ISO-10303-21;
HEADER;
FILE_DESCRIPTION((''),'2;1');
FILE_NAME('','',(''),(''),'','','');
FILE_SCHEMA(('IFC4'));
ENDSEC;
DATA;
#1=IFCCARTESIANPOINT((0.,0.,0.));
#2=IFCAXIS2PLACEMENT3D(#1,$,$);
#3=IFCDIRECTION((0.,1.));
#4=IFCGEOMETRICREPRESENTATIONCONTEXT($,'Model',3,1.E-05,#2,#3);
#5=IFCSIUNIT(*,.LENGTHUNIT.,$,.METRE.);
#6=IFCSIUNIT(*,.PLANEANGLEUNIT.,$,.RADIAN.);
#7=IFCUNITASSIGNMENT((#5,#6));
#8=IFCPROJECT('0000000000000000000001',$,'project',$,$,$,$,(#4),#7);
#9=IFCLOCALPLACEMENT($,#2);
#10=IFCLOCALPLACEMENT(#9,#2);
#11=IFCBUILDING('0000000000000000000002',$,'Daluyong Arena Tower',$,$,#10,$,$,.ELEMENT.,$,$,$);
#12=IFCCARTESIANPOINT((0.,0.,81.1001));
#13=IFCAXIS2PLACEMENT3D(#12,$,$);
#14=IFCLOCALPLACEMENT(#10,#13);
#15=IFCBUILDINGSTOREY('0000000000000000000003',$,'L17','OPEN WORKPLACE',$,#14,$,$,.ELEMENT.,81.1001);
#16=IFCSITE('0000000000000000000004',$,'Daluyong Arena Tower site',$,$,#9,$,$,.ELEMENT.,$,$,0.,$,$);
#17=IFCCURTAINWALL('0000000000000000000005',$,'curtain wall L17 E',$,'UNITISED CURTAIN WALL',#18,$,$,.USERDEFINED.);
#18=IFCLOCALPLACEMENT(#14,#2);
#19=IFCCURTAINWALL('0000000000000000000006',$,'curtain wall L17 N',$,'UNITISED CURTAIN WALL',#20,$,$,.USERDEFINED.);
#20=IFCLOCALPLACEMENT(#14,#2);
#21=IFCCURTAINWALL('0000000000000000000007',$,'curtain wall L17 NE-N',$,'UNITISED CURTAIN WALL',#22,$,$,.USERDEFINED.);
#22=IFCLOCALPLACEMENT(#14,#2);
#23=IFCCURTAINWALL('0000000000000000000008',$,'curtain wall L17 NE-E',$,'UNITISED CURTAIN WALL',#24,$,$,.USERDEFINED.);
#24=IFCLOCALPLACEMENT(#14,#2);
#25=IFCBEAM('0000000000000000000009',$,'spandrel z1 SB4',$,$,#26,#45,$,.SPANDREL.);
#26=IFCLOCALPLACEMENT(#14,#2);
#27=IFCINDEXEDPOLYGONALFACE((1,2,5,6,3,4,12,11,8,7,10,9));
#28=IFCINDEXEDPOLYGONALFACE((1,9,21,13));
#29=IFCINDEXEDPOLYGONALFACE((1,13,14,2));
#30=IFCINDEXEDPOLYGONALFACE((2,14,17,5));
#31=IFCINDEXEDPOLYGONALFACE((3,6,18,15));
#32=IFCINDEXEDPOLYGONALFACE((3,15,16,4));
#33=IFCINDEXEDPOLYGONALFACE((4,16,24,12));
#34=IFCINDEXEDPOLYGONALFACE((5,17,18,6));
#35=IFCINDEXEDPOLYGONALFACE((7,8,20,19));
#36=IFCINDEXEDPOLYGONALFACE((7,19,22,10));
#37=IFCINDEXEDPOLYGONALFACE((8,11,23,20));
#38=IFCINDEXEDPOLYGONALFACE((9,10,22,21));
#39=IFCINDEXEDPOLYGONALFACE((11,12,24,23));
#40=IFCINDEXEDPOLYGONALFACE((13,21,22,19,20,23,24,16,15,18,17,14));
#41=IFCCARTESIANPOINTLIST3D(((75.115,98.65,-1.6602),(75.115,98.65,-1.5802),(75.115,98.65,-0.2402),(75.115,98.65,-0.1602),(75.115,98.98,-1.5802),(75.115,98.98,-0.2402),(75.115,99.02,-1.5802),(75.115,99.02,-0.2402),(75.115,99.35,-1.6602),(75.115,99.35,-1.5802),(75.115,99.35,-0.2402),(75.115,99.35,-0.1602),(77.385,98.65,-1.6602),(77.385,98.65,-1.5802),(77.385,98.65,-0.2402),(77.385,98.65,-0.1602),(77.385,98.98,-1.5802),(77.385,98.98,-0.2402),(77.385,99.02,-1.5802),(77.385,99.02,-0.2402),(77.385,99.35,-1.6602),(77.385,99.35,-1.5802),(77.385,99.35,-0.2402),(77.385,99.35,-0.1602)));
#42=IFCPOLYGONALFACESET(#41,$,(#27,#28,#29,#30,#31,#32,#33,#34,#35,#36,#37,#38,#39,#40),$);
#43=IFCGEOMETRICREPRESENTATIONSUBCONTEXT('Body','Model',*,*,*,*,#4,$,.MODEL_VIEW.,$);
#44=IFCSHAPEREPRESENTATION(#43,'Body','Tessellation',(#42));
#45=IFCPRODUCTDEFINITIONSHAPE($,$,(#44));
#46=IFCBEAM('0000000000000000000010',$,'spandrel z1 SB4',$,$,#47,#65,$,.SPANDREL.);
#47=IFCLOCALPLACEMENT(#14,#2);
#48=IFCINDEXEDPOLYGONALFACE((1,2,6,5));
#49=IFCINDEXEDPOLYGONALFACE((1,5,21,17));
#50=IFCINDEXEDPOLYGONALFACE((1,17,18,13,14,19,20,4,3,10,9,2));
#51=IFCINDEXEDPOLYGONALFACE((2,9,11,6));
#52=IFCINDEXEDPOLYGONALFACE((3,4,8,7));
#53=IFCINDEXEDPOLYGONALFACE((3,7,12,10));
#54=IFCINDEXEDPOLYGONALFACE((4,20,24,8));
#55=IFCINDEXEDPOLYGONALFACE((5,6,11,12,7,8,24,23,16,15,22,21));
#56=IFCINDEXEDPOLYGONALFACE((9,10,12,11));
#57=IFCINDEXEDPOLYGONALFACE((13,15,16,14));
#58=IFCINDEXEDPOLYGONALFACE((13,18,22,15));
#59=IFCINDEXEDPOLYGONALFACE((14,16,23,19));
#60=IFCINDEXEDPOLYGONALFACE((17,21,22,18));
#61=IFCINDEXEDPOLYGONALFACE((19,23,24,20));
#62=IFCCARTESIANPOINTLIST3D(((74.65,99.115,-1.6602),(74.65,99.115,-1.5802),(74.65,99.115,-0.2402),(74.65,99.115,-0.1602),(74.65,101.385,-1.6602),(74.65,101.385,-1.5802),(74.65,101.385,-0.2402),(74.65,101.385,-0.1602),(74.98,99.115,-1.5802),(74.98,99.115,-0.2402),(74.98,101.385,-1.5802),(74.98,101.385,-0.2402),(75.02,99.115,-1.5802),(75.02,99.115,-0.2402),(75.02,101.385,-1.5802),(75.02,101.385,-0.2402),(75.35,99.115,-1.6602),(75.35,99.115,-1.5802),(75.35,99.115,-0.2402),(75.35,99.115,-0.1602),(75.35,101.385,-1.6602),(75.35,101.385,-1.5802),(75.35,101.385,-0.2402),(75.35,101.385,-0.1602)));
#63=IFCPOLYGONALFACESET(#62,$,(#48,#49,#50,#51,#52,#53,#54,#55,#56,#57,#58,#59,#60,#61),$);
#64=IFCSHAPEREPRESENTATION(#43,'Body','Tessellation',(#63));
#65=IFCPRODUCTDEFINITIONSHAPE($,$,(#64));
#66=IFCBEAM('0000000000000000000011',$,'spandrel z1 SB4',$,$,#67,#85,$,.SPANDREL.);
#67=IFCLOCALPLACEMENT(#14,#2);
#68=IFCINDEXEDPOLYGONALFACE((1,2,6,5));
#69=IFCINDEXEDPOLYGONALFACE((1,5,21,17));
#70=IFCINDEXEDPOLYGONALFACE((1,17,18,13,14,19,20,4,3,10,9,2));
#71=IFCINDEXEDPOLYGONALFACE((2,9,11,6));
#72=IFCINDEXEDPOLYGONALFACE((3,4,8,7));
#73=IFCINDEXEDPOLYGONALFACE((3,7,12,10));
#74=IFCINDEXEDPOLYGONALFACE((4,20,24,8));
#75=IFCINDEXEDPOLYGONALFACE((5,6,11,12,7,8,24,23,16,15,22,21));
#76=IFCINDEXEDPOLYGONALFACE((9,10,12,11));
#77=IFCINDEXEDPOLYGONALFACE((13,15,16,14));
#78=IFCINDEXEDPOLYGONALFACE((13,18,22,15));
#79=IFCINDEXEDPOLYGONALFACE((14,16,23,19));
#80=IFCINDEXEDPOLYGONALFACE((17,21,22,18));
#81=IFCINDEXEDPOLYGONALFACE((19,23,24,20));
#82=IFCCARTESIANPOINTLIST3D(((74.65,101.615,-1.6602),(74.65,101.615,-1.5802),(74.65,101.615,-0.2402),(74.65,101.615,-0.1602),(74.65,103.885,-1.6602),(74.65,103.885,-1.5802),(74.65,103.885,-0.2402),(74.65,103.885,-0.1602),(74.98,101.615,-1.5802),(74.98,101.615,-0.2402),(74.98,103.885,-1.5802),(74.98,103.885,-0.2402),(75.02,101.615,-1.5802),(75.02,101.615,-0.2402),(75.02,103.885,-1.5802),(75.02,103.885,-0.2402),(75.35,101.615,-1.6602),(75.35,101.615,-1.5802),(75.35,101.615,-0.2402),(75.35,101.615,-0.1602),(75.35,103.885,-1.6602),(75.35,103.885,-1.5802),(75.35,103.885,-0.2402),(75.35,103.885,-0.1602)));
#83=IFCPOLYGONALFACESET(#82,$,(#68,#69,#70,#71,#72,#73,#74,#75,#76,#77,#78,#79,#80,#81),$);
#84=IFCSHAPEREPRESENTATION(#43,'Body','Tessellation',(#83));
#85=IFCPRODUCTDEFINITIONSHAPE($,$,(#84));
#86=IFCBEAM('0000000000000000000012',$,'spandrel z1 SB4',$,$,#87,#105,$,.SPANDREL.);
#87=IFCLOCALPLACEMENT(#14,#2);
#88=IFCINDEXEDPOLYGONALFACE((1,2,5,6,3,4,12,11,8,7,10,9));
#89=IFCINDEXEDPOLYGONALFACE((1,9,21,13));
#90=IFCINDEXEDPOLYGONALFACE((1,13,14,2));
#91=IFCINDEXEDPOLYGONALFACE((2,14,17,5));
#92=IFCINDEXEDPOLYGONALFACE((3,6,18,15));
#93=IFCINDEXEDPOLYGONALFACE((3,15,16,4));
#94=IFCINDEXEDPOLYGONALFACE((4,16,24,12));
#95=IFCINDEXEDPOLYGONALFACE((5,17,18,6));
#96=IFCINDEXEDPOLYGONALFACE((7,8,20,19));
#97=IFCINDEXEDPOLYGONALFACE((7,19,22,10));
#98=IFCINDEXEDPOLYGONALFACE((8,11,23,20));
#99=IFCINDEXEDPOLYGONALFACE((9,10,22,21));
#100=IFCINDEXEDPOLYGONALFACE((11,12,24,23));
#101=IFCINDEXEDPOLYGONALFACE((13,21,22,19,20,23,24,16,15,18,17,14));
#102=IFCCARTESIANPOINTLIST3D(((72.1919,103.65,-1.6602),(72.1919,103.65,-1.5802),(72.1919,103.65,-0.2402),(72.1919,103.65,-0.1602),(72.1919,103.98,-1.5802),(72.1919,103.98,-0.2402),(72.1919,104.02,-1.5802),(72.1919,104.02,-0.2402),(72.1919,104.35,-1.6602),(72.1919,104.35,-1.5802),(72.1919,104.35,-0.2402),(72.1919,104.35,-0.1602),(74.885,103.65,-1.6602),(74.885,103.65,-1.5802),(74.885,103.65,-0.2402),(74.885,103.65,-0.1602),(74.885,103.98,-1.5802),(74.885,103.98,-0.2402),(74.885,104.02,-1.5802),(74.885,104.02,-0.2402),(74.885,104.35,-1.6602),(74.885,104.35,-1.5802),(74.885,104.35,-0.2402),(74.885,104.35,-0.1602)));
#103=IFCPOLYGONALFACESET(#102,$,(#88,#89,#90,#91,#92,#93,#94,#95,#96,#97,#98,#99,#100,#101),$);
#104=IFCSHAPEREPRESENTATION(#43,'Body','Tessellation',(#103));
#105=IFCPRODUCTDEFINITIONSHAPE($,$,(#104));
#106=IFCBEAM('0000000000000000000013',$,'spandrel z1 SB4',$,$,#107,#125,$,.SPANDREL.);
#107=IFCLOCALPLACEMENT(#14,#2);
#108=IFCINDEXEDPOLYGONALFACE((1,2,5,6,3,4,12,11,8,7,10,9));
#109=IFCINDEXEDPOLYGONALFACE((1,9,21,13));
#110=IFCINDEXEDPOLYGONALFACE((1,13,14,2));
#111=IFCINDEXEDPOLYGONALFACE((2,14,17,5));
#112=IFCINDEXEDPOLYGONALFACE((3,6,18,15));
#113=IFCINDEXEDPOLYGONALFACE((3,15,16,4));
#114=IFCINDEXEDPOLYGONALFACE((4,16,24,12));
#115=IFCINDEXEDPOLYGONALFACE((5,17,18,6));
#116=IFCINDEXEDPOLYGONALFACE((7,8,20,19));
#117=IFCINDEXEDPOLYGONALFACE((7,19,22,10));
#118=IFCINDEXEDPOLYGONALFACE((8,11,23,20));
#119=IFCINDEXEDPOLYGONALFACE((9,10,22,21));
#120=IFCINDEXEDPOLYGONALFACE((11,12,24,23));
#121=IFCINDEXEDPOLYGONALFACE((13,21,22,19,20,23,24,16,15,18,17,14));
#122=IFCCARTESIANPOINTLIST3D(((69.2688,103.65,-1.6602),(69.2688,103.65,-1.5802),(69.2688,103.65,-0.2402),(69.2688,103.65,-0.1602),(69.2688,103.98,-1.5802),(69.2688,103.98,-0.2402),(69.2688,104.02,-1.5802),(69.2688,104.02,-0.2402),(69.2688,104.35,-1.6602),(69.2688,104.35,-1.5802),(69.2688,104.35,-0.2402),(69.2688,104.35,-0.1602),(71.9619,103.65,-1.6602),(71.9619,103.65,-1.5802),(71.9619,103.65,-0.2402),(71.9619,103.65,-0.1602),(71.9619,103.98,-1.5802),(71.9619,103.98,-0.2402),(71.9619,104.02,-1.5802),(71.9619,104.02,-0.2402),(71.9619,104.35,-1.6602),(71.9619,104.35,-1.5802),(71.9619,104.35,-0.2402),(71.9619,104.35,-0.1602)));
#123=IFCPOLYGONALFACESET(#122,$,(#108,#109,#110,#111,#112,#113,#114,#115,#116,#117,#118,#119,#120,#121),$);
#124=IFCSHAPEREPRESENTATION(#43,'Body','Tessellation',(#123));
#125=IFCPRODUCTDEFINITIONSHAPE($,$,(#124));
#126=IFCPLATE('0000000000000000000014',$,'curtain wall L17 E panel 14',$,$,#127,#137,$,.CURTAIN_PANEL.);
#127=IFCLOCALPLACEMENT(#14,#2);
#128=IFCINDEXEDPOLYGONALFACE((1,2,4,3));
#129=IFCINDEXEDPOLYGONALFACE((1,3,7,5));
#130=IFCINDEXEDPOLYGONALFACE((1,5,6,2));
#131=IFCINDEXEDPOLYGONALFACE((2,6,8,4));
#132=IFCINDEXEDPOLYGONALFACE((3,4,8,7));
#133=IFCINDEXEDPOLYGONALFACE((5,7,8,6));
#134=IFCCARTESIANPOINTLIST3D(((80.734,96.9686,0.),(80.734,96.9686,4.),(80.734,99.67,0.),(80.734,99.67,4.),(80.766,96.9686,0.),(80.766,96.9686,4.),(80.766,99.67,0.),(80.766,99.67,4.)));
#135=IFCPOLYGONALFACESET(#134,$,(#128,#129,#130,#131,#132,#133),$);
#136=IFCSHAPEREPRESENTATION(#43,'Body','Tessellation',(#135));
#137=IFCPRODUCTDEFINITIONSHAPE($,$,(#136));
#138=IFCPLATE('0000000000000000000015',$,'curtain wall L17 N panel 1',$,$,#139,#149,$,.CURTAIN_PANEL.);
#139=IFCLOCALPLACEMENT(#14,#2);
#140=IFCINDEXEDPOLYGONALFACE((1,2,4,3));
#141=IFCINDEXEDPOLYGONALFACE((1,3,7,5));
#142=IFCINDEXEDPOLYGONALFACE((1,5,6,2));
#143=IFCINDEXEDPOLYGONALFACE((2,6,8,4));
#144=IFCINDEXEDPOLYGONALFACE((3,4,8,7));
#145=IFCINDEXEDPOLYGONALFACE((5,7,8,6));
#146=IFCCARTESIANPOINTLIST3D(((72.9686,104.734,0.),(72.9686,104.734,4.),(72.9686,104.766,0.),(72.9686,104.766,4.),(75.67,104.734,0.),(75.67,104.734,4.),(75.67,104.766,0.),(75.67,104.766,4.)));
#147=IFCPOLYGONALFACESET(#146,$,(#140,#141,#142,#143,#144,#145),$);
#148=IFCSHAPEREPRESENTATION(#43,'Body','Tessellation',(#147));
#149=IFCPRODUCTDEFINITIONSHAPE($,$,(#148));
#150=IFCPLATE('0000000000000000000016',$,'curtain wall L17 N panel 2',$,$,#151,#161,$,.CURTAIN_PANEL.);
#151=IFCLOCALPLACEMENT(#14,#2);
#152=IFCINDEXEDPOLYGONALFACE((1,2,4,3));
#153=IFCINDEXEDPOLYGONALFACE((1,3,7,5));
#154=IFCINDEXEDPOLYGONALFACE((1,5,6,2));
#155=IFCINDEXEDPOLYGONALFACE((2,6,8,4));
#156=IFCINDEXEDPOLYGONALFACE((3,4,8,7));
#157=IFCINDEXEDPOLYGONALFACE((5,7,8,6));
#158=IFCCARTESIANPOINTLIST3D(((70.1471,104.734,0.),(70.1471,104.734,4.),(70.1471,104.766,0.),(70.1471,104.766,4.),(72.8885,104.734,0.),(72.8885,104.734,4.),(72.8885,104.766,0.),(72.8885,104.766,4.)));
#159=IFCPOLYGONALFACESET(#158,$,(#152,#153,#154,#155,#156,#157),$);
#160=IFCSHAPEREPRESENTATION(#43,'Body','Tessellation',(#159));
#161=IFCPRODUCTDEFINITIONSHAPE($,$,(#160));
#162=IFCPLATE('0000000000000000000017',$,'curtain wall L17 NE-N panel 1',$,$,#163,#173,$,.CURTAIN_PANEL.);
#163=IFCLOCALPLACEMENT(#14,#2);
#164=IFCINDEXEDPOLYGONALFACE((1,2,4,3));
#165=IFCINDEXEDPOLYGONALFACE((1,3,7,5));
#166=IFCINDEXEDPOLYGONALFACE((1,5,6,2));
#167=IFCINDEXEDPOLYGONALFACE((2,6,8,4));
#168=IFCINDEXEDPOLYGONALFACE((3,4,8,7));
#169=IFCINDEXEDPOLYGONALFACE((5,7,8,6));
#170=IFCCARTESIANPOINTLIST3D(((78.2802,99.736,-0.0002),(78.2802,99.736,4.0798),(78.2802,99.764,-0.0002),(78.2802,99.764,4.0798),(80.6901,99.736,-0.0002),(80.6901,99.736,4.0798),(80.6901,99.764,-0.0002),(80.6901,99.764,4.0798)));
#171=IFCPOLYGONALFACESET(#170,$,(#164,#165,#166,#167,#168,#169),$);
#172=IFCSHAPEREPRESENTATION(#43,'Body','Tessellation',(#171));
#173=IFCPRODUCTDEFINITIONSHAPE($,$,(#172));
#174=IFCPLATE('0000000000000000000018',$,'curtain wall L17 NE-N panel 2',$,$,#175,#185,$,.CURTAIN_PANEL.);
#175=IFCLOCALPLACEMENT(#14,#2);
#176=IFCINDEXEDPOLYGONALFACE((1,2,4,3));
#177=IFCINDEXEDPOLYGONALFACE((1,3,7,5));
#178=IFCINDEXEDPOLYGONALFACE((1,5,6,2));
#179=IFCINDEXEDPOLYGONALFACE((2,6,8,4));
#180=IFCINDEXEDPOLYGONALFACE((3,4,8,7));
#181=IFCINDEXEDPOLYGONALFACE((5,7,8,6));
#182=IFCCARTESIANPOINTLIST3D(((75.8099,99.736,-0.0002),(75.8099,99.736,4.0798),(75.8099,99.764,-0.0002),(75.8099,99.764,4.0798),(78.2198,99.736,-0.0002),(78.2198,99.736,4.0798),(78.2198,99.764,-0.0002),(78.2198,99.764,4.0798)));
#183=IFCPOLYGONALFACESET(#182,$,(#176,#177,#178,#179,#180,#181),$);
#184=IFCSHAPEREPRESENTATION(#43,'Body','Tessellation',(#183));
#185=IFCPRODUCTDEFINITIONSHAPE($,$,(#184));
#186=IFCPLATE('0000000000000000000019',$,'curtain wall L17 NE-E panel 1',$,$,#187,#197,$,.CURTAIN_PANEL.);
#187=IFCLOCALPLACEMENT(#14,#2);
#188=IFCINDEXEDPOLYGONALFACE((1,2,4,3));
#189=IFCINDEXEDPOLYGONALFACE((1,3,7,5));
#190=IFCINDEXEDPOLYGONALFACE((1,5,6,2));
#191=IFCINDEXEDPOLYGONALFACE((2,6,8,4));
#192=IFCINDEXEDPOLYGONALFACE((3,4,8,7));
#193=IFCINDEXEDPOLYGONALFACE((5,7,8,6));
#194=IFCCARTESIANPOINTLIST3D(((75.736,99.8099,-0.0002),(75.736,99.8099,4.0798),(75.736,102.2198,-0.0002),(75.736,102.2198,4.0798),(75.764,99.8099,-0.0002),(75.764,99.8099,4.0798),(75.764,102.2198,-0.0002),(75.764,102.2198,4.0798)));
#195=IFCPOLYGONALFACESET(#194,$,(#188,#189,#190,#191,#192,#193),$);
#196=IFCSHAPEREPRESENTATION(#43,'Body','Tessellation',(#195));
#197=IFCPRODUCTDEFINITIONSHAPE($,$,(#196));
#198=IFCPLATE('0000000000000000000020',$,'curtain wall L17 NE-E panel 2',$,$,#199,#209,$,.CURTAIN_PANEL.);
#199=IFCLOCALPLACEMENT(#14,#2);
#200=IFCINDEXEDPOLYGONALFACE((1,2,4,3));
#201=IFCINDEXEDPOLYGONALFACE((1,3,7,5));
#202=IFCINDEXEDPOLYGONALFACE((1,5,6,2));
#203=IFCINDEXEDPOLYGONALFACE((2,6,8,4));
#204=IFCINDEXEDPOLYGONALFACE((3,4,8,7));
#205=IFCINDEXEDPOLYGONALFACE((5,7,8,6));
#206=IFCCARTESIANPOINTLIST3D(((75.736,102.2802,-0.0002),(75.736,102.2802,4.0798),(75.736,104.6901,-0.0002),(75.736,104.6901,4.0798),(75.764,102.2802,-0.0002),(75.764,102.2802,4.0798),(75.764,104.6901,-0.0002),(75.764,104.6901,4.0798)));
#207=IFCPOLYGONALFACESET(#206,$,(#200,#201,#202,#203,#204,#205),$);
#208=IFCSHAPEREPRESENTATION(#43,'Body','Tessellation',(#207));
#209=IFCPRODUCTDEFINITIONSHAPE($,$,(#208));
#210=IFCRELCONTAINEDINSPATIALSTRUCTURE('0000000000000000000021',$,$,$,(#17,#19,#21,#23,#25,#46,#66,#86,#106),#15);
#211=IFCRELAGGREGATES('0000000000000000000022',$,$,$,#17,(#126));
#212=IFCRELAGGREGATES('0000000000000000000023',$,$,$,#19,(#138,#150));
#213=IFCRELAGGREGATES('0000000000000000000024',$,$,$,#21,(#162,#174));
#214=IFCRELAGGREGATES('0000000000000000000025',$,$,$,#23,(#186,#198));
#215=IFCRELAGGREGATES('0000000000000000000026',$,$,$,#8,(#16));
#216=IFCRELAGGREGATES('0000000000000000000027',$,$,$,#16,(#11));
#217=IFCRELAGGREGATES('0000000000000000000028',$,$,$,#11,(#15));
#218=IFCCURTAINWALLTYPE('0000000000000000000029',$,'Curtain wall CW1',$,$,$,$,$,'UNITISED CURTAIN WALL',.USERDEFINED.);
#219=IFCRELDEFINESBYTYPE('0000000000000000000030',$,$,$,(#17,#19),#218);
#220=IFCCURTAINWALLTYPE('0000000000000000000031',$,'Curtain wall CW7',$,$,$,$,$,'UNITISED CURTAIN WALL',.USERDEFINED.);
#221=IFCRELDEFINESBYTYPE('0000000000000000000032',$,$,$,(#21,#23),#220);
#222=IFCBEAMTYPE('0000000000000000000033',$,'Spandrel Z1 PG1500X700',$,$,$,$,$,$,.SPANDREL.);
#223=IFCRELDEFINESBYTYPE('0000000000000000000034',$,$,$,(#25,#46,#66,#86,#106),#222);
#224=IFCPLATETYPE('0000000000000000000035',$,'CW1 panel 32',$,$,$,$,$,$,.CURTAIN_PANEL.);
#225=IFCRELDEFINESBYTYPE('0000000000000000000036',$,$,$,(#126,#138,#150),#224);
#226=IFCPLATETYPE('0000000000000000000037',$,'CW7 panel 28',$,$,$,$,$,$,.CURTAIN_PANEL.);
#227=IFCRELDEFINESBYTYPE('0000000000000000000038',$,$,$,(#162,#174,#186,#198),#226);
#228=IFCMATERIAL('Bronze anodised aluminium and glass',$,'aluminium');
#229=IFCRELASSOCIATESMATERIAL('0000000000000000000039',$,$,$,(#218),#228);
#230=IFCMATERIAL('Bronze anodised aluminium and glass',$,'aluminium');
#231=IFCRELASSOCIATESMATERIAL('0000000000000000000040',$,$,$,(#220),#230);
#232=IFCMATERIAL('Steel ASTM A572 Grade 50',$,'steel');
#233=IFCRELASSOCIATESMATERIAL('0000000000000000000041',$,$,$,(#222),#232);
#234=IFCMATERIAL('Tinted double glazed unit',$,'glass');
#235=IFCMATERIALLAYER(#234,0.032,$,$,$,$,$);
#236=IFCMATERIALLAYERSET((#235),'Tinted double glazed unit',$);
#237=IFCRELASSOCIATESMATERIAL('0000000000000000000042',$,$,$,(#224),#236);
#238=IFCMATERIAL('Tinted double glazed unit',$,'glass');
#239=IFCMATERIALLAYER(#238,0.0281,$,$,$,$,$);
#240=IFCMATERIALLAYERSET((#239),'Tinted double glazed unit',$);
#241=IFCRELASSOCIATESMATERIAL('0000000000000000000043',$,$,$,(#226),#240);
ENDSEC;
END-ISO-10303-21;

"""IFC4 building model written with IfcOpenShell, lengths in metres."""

from ifc_helpers import new_model, si_unit, direction, frame, origin, origin_2d, place, context, subcontext, project, spatial, rectangle, i_section, extrude, material, layer, layer_set, material_profile, profile_set, type_object, element, aggregate, save


model = new_model("IFC4")

# Units and contexts
model_context = context("Model", 3, precision=1e-05, world=origin(), true_north=direction((0.0, 1.0)))
body_context = subcontext(model_context, "Body", "Model", "MODEL_VIEW")
ifc_project = project(units=[si_unit("LENGTHUNIT", "METRE"), si_unit("PLANEANGLEUNIT", "RADIAN")], contexts=[model_context])

# Site, building, storey
site_placement = place(None, origin())
site = spatial("IfcSite", under=ifc_project, at=site_placement, Name="Daluyong Arena Tower site", CompositionType="ELEMENT", RefElevation=0.0)
building_placement = place(site_placement, origin())
building = spatial("IfcBuilding", under=site, at=building_placement, Name="Daluyong Arena Tower", CompositionType="ELEMENT")
storey_placement = place(building_placement, frame((0.0, 0.0, 81.1001)))
storey = spatial("IfcBuildingStorey", under=building, at=storey_placement, Name="L17", Description="OPEN WORKPLACE", CompositionType="ELEMENT", Elevation=81.1001)

# Curtain wall
ifc_material_1 = material(Name="Bronze anodised aluminium and glass", Category="aluminium")
curtain_wall_type_1 = type_object("IfcCurtainWallType", Name="Curtain wall CW1", ElementType="UNITISED CURTAIN WALL", PredefinedType="USERDEFINED", material=ifc_material_1)
curtain_wall_1_placement = place(storey_placement, origin())
curtain_wall_1 = element("IfcCurtainWall", 1, at=curtain_wall_1_placement, inside=storey, type_object=curtain_wall_type_1, Name="curtain wall L17 E", ObjectType="UNITISED CURTAIN WALL", PredefinedType="USERDEFINED")

# Curtain walls
curtain_wall_2_placement = place(storey_placement, origin())
curtain_wall_2 = element("IfcCurtainWall", 2, at=curtain_wall_2_placement, inside=storey, type_object=curtain_wall_type_1, Name="curtain wall L17 N", ObjectType="UNITISED CURTAIN WALL", PredefinedType="USERDEFINED")
ifc_material_2 = material(Name="Bronze anodised aluminium and glass", Category="aluminium")
curtain_wall_type_2 = type_object("IfcCurtainWallType", Name="Curtain wall CW7", ElementType="UNITISED CURTAIN WALL", PredefinedType="USERDEFINED", material=ifc_material_2)
curtain_wall_3_placement = place(storey_placement, origin())
curtain_wall_3 = element("IfcCurtainWall", 3, at=curtain_wall_3_placement, inside=storey, type_object=curtain_wall_type_2, Name="curtain wall L17 NE-N", ObjectType="UNITISED CURTAIN WALL", PredefinedType="USERDEFINED")
curtain_wall_4_placement = place(storey_placement, origin())
curtain_wall_4 = element("IfcCurtainWall", 4, at=curtain_wall_4_placement, inside=storey, type_object=curtain_wall_type_2, Name="curtain wall L17 NE-E", ObjectType="UNITISED CURTAIN WALL", PredefinedType="USERDEFINED")

# Beams
ifc_material_3 = material(Name="Steel ASTM A572 Grade 50", Category="steel")
ifc_material_profile_1 = material_profile(ifc_material_3, i_section(OverallWidth=0.7, OverallDepth=1.5, WebThickness=0.04, FlangeThickness=0.08, at=origin_2d()))
ifc_profile_set_1 = profile_set([ifc_material_profile_1], Name="Steel ASTM A572 Grade 50")
beam_type_1 = type_object("IfcBeamType", Name="Spandrel Z1 PG1500X700", PredefinedType="SPANDREL", material=ifc_profile_set_1)
for number, where, z_axis, x_axis, name in (
    (5, (77.385, 99.0, -0.9102), (-1.0, 0.0, 0.0), (0.0, -1.0, 0.0), "spandrel z1 SB4"),
    (6, (75.0, 99.115, -0.9102), (0.0, 1.0, 0.0), (-1.0, 0.0, 0.0), "spandrel z1 SB4"),
    (7, (75.0, 101.615, -0.9102), (0.0, 1.0, 0.0), (-1.0, 0.0, 0.0), "spandrel z1 SB4"),
):
    element("IfcBeam", number, at=place(storey_placement, frame(where, z_axis=z_axis, x_axis=x_axis)), inside=storey, type_object=beam_type_1, Name=name, PredefinedType="SPANDREL", context=body_context, shape_type="SweptSolid", body=[
        extrude(i_section(OverallWidth=0.7, OverallDepth=1.5, WebThickness=0.04, FlangeThickness=0.08, at=origin_2d()), origin(), (0.0, 0.0, 1.0), 2.27),
    ])
for number, where, z_axis, x_axis, name in (
    (8, (74.885, 104.0, -0.9102), (-1.0, 0.0, 0.0), (0.0, -1.0, 0.0), "spandrel z1 SB4"),
    (9, (71.9619, 104.0, -0.9102), (-1.0, 0.0, 0.0), (0.0, -1.0, 0.0), "spandrel z1 SB4"),
):
    element("IfcBeam", number, at=place(storey_placement, frame(where, z_axis=z_axis, x_axis=x_axis)), inside=storey, type_object=beam_type_1, Name=name, PredefinedType="SPANDREL", context=body_context, shape_type="SweptSolid", body=[
        extrude(i_section(OverallWidth=0.7, OverallDepth=1.5, WebThickness=0.04, FlangeThickness=0.08, at=origin_2d()), origin(), (0.0, 0.0, 1.0), 2.6931),
    ])

# Plates
ifc_material_4 = material(Name="Tinted double glazed unit", Category="glass")
ifc_layer_1 = layer(ifc_material_4, 0.032)
ifc_layer_set_1 = layer_set([ifc_layer_1], Name="Tinted double glazed unit")
plate_type_1 = type_object("IfcPlateType", Name="CW1 panel 32", PredefinedType="CURTAIN_PANEL", material=ifc_layer_set_1)
plate_1_placement = place(storey_placement, frame((80.75, 98.3193, 0.0), z_axis=(0.0, 0.0, 1.0), x_axis=(0.0, 1.0, 0.0)))
plate_1 = element("IfcPlate", 10, at=plate_1_placement, type_object=plate_type_1, Name="curtain wall L17 E panel 14", PredefinedType="CURTAIN_PANEL", context=body_context, shape_type="SweptSolid", body=[
    extrude(rectangle(XDim=2.7014, YDim=0.032, at=origin_2d()), origin(), (0.0, 0.0, 1.0), 4.0),
])
aggregate(curtain_wall_1, [plate_1])
plate_2_placement = place(storey_placement, frame((74.3193, 104.75, 0.0), z_axis=(0.0, 0.0, 1.0), x_axis=(-1.0, 0.0, 0.0)))
plate_2 = element("IfcPlate", 11, at=plate_2_placement, type_object=plate_type_1, Name="curtain wall L17 N panel 1", PredefinedType="CURTAIN_PANEL", context=body_context, shape_type="SweptSolid", body=[
    extrude(rectangle(XDim=2.7014, YDim=0.032, at=origin_2d()), origin(), (0.0, 0.0, 1.0), 4.0),
])
plate_3_placement = place(storey_placement, frame((71.5178, 104.75, 0.0), z_axis=(0.0, 0.0, 1.0), x_axis=(-1.0, 0.0, 0.0)))
plate_3 = element("IfcPlate", 12, at=plate_3_placement, type_object=plate_type_1, Name="curtain wall L17 N panel 2", PredefinedType="CURTAIN_PANEL", context=body_context, shape_type="SweptSolid", body=[
    extrude(rectangle(XDim=2.7415, YDim=0.032, at=origin_2d()), origin(), (0.0, 0.0, 1.0), 4.0),
])
aggregate(curtain_wall_2, [plate_2, plate_3])
ifc_material_5 = material(Name="Tinted double glazed unit", Category="glass")
ifc_layer_2 = layer(ifc_material_5, 0.0281)
ifc_layer_set_2 = layer_set([ifc_layer_2], Name="Tinted double glazed unit")
plate_type_2 = type_object("IfcPlateType", Name="CW7 panel 28", PredefinedType="CURTAIN_PANEL", material=ifc_layer_set_2)
plate_4_placement = place(storey_placement, frame((79.4851, 99.75, -0.0002), z_axis=(0.0, 0.0, 1.0), x_axis=(-1.0, 0.0, 0.0)))
plate_4 = element("IfcPlate", 13, at=plate_4_placement, type_object=plate_type_2, Name="curtain wall L17 NE-N panel 1", PredefinedType="CURTAIN_PANEL", context=body_context, shape_type="SweptSolid", body=[
    extrude(rectangle(XDim=2.4099, YDim=0.0281, at=origin_2d()), origin(), (0.0, 0.0, 1.0), 4.0801),
])
plate_5_placement = place(storey_placement, frame((77.0149, 99.75, -0.0002), z_axis=(0.0, 0.0, 1.0), x_axis=(-1.0, 0.0, 0.0)))
plate_5 = element("IfcPlate", 14, at=plate_5_placement, type_object=plate_type_2, Name="curtain wall L17 NE-N panel 2", PredefinedType="CURTAIN_PANEL", context=body_context, shape_type="SweptSolid", body=[
    extrude(rectangle(XDim=2.4099, YDim=0.0281, at=origin_2d()), origin(), (0.0, 0.0, 1.0), 4.0801),
])
aggregate(curtain_wall_3, [plate_4, plate_5])
plate_6_placement = place(storey_placement, frame((75.75, 101.0149, -0.0002), z_axis=(0.0, 0.0, 1.0), x_axis=(0.0, 1.0, 0.0)))
plate_6 = element("IfcPlate", 15, at=plate_6_placement, type_object=plate_type_2, Name="curtain wall L17 NE-E panel 1", PredefinedType="CURTAIN_PANEL", context=body_context, shape_type="SweptSolid", body=[
    extrude(rectangle(XDim=2.4099, YDim=0.0281, at=origin_2d()), origin(), (0.0, 0.0, 1.0), 4.0801),
])
plate_7_placement = place(storey_placement, frame((75.75, 103.4851, -0.0002), z_axis=(0.0, 0.0, 1.0), x_axis=(0.0, 1.0, 0.0)))
plate_7 = element("IfcPlate", 16, at=plate_7_placement, type_object=plate_type_2, Name="curtain wall L17 NE-E panel 2", PredefinedType="CURTAIN_PANEL", context=body_context, shape_type="SweptSolid", body=[
    extrude(rectangle(XDim=2.4099, YDim=0.0281, at=origin_2d()), origin(), (0.0, 0.0, 1.0), 4.0801),
])
aggregate(curtain_wall_4, [plate_6, plate_7])

save(model, "model.ifc")
